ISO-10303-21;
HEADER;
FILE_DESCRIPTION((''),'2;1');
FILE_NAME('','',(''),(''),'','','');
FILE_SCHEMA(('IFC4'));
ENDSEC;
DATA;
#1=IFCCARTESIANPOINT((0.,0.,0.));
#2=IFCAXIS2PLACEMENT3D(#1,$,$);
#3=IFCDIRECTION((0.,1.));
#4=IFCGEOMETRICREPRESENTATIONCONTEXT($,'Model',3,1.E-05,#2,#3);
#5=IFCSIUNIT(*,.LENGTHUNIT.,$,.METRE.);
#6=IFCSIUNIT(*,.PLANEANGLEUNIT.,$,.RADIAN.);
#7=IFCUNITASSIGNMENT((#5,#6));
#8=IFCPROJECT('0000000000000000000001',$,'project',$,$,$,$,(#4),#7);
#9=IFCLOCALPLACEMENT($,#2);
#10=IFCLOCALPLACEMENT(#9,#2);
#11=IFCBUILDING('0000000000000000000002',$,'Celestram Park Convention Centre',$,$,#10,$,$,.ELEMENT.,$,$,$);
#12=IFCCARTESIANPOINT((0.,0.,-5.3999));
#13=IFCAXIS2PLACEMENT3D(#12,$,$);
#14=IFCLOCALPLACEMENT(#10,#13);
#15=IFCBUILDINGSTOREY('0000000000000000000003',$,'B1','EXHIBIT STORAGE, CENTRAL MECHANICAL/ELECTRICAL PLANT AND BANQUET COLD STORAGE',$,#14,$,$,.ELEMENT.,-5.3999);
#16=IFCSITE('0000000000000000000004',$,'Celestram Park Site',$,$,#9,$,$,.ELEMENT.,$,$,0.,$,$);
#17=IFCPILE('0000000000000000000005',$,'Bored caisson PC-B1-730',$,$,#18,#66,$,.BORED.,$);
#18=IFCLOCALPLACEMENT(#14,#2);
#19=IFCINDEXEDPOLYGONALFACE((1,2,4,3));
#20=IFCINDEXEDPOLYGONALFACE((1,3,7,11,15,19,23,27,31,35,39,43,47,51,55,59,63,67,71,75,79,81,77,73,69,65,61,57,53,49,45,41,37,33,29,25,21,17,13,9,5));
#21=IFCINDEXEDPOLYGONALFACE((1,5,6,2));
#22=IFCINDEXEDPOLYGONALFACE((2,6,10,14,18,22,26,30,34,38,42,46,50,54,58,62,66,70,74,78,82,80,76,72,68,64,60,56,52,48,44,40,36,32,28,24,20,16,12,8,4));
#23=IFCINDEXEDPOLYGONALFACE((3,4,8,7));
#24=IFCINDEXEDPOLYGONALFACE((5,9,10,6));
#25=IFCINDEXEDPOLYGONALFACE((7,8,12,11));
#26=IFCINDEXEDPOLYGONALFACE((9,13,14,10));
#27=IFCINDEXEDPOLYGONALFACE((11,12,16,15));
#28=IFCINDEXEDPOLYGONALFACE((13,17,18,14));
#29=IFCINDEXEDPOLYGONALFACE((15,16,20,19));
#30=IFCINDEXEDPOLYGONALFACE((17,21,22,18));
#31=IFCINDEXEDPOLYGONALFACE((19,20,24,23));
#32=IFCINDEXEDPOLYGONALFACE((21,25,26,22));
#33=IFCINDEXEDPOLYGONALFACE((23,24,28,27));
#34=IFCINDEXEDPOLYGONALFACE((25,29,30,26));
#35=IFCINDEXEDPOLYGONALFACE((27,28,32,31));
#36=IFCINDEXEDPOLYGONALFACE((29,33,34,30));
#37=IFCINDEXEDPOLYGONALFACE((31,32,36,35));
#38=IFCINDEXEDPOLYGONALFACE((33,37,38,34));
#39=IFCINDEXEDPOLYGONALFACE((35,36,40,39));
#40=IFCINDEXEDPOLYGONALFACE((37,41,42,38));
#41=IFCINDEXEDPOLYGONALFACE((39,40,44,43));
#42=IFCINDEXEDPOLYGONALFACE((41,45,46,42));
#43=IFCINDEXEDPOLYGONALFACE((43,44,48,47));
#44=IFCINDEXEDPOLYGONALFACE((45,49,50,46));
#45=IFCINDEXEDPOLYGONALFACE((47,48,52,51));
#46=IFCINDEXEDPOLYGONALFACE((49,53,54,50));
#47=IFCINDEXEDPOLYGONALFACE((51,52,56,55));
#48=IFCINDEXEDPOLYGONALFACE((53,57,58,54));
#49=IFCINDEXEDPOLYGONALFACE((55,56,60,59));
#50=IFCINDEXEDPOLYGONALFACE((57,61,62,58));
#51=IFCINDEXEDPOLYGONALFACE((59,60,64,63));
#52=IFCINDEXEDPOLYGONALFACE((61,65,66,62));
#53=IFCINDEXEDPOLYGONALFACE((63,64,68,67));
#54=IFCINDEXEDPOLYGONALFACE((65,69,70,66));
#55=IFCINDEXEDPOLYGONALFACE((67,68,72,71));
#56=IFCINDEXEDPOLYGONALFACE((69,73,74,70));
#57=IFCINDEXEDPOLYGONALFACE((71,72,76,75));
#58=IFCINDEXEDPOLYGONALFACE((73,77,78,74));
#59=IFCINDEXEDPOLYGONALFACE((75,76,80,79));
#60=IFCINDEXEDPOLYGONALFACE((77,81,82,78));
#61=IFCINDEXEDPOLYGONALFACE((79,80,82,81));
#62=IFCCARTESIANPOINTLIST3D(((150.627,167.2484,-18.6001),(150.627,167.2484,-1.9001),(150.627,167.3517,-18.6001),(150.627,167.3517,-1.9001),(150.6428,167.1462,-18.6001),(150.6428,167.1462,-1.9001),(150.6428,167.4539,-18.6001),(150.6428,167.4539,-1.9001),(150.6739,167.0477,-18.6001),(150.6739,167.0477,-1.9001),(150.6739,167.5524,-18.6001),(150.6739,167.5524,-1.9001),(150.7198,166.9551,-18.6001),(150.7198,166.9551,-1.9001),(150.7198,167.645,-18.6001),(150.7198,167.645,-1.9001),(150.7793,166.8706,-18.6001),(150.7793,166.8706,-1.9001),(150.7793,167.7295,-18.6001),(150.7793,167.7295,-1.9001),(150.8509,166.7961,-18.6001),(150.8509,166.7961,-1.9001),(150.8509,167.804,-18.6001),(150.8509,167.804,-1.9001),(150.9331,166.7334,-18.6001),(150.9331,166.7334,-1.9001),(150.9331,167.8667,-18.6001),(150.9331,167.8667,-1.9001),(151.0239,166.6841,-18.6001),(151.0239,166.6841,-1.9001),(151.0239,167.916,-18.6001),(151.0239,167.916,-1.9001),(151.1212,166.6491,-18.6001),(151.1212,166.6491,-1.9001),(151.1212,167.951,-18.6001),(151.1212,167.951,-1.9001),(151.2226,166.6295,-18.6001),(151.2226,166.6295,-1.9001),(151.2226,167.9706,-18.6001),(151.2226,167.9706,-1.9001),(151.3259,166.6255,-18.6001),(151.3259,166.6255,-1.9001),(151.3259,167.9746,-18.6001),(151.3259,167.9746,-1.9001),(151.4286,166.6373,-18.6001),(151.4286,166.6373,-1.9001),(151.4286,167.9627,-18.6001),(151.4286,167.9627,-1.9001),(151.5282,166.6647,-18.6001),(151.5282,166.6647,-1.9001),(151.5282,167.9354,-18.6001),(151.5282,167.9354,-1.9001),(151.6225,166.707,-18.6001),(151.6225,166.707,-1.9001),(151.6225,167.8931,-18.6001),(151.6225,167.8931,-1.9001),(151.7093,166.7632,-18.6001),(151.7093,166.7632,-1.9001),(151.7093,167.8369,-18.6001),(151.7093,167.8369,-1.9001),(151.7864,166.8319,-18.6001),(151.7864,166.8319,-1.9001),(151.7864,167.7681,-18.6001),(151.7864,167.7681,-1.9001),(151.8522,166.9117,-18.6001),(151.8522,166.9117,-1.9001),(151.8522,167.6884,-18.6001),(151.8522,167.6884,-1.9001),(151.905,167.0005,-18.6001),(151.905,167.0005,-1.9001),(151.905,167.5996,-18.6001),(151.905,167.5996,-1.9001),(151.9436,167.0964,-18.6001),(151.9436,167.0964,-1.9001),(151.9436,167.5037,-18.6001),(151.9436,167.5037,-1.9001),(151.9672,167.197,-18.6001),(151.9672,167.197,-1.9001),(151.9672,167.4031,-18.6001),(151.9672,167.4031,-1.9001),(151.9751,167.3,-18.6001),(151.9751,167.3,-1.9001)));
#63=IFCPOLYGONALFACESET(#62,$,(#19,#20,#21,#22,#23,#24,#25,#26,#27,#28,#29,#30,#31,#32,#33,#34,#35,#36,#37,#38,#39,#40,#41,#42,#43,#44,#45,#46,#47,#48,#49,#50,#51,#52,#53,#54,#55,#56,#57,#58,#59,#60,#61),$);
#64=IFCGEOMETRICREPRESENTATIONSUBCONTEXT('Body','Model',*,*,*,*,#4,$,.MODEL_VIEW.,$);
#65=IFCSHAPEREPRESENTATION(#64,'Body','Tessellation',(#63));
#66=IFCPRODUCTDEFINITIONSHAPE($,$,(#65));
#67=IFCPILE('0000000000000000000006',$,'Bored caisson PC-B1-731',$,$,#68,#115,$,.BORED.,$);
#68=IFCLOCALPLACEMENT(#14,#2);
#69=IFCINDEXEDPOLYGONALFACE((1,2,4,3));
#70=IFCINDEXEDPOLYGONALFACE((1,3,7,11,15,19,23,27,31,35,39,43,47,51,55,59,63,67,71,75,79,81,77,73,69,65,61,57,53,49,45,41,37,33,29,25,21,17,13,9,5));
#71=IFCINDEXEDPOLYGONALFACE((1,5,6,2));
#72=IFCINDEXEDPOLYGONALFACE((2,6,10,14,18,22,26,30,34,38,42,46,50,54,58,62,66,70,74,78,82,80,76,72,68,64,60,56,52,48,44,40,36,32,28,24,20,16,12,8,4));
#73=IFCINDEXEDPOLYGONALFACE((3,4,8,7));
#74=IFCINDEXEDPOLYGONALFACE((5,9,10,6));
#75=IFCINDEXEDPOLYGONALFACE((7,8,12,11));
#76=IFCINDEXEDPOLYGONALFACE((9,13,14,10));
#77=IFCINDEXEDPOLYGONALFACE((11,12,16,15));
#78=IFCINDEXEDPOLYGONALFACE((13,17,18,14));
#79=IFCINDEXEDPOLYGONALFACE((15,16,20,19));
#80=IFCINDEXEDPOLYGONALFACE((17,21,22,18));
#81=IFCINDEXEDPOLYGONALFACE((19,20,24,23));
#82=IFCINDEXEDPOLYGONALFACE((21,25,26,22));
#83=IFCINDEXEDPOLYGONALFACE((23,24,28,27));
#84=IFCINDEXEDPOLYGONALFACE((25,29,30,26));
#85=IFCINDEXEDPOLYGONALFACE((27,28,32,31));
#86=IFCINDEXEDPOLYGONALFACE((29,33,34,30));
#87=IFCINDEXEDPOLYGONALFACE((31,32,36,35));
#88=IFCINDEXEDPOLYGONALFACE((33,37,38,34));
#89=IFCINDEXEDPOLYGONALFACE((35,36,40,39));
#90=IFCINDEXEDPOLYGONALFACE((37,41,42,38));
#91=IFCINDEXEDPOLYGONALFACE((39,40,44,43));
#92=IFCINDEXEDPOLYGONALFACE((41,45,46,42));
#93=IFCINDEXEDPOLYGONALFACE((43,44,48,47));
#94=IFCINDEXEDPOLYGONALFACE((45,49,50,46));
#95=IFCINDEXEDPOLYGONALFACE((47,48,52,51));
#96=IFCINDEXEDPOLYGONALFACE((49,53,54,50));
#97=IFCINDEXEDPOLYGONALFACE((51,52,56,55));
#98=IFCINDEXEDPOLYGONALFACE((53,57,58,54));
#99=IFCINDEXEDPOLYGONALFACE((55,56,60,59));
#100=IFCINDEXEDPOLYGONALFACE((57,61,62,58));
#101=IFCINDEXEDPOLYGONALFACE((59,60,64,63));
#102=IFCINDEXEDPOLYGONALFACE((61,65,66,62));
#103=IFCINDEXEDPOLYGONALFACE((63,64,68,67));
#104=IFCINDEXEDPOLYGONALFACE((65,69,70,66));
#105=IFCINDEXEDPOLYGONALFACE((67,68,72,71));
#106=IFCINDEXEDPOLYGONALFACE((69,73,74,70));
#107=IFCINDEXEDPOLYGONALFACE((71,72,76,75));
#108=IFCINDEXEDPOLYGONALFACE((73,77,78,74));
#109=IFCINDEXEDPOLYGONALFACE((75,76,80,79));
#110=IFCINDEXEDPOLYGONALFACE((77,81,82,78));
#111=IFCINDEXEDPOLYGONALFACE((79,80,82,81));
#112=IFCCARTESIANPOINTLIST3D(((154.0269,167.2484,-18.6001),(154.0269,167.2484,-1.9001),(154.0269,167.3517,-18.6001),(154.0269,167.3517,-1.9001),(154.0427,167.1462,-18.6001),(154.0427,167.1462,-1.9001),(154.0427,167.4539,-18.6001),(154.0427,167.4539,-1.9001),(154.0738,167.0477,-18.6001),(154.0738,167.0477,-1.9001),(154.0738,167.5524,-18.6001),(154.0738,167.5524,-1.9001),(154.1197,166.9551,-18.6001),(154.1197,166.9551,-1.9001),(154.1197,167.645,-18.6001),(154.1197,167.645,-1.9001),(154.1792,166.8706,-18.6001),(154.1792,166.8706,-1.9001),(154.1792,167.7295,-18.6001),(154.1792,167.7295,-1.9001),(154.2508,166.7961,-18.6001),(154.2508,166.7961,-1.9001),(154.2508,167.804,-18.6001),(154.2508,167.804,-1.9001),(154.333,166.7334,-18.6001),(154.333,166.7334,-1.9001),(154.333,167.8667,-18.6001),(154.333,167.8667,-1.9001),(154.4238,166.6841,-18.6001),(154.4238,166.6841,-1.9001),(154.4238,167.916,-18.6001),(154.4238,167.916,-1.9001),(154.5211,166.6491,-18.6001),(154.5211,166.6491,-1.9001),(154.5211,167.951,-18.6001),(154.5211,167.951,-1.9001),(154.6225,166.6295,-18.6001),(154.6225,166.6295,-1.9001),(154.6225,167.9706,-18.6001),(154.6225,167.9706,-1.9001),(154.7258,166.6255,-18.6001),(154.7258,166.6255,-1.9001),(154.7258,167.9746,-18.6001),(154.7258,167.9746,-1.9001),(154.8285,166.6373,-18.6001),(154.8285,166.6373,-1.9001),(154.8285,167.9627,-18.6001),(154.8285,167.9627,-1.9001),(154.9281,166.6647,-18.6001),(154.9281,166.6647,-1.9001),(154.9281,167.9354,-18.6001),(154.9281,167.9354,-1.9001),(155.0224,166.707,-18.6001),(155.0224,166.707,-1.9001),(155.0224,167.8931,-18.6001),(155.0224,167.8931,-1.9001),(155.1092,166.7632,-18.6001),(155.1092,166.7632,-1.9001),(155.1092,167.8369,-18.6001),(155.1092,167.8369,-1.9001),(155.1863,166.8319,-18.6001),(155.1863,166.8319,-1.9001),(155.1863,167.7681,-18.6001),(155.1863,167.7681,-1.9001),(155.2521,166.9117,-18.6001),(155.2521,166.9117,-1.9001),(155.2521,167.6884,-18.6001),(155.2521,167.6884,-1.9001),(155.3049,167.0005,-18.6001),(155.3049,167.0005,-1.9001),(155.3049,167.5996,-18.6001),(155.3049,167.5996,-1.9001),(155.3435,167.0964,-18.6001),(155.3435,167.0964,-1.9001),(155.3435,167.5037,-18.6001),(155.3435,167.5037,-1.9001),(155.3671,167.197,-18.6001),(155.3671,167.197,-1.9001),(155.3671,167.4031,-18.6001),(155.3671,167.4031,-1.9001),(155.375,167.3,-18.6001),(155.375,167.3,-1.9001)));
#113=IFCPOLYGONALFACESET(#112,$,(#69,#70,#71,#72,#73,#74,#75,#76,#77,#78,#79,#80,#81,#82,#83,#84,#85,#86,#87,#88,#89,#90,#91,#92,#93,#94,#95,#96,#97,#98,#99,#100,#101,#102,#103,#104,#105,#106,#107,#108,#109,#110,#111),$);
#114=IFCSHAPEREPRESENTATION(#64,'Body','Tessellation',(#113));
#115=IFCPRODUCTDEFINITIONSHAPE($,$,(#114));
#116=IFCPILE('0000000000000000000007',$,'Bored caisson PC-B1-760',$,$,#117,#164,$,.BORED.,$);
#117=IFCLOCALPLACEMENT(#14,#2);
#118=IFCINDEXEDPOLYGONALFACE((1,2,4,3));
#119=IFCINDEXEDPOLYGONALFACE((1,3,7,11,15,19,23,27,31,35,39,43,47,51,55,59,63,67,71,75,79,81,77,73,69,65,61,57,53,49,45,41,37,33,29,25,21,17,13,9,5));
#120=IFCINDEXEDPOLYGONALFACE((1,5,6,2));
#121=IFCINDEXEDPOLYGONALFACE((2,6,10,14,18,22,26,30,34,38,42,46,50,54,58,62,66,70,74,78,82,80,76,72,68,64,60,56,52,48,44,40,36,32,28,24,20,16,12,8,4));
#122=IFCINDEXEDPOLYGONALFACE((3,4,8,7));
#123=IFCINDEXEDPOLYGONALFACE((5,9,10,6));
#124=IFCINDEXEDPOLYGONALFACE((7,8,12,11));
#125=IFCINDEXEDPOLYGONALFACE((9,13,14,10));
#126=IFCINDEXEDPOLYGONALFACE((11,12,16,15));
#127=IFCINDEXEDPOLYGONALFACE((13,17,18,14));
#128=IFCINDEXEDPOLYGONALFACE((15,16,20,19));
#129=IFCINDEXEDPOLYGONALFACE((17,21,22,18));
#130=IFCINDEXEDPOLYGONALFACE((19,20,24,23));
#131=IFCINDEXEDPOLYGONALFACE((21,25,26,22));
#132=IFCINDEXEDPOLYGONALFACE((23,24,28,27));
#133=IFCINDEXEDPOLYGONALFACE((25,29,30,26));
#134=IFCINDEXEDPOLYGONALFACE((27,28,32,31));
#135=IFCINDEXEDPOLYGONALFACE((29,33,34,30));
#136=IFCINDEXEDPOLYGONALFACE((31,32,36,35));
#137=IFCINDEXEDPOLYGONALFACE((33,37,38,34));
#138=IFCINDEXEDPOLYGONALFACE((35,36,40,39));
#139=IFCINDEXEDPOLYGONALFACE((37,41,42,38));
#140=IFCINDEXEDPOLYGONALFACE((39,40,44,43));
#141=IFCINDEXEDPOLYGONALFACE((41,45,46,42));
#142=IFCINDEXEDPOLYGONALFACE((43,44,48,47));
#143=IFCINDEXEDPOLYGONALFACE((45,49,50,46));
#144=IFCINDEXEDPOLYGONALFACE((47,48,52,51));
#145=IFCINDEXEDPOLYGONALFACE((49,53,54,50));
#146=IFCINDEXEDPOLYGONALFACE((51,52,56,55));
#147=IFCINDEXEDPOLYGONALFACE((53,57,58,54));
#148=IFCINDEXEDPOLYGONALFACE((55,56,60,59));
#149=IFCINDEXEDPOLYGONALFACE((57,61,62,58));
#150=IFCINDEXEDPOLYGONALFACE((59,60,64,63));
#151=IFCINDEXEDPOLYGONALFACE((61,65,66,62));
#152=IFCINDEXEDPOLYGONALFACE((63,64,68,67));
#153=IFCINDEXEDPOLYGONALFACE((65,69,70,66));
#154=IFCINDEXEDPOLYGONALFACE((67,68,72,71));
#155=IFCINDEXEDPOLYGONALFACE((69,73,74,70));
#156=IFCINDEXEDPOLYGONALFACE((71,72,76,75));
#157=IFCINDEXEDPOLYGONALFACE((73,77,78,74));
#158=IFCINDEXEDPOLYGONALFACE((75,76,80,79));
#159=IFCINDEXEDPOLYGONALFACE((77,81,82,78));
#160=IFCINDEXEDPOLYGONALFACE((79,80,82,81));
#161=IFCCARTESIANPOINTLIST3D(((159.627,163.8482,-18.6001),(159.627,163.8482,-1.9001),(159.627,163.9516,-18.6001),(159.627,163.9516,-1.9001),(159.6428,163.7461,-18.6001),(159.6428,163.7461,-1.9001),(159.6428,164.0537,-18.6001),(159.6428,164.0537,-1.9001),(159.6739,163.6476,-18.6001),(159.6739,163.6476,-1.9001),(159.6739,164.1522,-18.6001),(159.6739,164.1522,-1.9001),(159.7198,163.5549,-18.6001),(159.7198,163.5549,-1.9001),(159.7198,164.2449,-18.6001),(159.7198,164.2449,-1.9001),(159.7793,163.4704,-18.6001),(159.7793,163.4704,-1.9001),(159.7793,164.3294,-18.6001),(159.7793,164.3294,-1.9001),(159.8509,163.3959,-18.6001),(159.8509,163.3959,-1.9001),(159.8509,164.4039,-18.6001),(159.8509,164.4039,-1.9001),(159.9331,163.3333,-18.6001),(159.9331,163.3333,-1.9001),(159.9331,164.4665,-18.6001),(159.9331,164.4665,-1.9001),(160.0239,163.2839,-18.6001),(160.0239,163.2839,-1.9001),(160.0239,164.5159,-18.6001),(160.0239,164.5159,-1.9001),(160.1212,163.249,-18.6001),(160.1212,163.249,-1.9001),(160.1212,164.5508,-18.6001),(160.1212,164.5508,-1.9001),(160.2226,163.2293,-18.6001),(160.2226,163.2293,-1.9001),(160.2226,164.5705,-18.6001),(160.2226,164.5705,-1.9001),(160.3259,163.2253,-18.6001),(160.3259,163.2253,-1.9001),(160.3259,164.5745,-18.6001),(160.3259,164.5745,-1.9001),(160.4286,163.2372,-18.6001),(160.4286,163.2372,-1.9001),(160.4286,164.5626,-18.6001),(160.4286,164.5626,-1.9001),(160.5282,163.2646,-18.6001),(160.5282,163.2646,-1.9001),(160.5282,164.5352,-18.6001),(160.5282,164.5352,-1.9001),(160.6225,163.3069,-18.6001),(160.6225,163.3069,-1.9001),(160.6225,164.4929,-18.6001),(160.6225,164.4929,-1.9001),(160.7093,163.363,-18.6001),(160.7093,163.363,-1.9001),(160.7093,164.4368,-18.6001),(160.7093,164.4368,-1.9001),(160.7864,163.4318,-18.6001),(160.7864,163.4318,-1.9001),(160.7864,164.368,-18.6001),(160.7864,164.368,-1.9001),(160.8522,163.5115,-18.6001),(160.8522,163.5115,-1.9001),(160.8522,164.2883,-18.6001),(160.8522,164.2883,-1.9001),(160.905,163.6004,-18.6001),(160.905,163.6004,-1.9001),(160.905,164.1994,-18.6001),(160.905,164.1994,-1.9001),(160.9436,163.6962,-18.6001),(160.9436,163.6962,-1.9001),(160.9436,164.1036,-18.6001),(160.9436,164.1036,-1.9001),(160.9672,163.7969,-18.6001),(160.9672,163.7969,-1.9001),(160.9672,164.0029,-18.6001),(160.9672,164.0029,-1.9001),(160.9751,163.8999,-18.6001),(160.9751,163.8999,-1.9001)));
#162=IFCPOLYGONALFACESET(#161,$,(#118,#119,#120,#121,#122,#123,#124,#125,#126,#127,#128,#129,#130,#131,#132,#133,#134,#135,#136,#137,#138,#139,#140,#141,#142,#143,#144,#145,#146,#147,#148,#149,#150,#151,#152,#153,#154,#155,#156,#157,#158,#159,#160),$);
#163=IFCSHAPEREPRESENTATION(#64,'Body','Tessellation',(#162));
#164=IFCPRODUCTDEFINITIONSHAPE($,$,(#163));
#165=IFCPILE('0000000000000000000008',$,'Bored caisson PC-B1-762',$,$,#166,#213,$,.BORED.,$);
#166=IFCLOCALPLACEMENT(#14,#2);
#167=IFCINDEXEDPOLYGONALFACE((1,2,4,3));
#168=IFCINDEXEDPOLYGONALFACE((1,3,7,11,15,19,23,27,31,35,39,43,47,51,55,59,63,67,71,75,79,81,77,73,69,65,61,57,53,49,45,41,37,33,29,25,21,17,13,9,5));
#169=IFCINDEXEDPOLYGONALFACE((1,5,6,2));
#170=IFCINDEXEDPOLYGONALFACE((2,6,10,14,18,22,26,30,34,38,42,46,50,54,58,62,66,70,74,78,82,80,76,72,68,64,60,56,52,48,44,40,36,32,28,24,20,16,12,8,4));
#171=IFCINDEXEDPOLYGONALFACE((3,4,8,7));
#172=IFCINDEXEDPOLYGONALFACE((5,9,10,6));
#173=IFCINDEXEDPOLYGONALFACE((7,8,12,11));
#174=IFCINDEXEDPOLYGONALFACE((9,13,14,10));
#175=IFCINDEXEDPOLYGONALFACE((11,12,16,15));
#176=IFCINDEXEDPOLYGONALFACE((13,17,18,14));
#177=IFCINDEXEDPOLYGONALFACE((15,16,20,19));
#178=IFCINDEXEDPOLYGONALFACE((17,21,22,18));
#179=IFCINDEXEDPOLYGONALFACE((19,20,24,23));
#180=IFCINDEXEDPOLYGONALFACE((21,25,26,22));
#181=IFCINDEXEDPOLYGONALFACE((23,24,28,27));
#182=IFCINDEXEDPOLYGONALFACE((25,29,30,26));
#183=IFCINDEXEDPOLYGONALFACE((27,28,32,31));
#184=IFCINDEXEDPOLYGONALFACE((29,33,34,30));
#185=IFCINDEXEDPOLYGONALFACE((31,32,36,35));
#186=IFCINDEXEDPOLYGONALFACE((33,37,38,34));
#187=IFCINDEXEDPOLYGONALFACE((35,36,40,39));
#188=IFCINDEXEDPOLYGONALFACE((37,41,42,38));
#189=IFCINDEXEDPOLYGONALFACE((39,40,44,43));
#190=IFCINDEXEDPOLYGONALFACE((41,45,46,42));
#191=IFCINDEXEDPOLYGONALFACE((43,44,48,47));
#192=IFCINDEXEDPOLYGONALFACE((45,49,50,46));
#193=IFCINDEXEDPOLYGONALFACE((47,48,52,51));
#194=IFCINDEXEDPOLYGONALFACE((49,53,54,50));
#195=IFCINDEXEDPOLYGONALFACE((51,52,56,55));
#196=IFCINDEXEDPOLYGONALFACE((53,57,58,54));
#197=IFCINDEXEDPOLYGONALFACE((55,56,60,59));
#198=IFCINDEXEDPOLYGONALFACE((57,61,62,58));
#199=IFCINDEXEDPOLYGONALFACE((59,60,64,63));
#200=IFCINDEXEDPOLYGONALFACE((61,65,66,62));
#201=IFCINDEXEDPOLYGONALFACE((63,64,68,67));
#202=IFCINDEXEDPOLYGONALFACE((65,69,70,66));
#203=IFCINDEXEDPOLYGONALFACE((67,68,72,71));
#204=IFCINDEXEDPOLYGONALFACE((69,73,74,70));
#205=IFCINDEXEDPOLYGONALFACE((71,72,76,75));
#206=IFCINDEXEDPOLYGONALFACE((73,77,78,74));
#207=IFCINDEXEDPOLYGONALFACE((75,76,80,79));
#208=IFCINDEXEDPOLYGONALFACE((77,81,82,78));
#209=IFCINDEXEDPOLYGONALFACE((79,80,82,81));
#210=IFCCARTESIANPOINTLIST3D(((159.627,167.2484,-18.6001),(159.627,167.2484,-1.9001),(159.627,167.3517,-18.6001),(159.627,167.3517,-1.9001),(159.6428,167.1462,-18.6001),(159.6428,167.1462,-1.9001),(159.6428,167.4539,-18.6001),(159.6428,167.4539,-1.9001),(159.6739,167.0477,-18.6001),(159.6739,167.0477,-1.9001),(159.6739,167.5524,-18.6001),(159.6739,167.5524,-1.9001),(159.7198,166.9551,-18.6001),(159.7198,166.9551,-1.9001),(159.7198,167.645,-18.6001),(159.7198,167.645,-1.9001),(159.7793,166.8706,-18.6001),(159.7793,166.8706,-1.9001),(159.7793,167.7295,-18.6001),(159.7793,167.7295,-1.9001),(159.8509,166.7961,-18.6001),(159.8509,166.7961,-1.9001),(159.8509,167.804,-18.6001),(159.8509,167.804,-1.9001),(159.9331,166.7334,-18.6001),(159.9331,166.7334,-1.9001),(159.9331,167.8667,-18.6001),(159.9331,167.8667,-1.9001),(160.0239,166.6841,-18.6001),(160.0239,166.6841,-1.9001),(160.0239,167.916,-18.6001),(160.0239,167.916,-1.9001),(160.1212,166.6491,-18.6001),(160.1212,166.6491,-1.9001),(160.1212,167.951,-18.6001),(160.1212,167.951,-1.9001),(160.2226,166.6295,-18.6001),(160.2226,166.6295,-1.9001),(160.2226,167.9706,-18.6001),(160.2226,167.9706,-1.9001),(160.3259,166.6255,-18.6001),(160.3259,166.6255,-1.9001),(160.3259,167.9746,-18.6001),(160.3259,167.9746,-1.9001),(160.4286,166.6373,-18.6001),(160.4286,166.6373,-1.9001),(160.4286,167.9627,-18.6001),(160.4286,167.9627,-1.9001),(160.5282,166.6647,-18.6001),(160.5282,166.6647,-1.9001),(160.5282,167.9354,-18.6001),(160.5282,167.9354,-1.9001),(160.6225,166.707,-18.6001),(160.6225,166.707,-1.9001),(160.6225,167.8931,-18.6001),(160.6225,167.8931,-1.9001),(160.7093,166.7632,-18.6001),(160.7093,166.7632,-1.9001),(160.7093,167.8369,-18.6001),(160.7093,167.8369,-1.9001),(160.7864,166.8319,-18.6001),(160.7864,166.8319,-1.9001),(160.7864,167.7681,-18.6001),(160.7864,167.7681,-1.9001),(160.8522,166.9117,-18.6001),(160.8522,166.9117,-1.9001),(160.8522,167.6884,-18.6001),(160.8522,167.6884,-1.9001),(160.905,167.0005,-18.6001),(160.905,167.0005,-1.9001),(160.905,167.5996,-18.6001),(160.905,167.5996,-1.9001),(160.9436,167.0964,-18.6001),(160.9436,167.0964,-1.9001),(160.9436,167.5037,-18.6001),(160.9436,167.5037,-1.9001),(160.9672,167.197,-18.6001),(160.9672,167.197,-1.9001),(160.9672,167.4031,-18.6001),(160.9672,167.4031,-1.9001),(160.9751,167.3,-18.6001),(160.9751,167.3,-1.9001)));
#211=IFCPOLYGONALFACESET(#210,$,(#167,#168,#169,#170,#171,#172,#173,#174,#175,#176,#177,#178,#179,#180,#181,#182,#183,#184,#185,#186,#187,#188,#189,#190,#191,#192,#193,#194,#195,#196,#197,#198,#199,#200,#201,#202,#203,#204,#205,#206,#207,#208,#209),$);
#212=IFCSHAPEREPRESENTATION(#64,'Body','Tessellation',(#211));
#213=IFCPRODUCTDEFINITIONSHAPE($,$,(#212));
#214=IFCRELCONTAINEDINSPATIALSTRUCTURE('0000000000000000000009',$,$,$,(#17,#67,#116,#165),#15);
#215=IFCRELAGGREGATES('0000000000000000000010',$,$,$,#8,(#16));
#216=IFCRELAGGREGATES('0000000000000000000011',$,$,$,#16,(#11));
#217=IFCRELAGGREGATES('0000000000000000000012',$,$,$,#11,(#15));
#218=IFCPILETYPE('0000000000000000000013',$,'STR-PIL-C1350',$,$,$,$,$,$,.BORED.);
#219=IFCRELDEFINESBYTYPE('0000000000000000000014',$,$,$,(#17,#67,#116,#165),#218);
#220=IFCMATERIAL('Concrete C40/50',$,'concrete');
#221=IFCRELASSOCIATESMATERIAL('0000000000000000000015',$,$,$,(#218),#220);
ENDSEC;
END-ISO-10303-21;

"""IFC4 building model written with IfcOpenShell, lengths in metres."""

from ifc_helpers import new_model, si_unit, direction, frame, origin, origin_2d, place, context, subcontext, project, spatial, circle, extrude, material, material_profile, profile_set, type_object, element, save


model = new_model("IFC4")

# Units and contexts
model_context = context("Model", 3, precision=1e-05, world=origin(), true_north=direction((0.0, 1.0)))
body_context = subcontext(model_context, "Body", "Model", "MODEL_VIEW")
ifc_project = project(units=[si_unit("LENGTHUNIT", "METRE"), si_unit("PLANEANGLEUNIT", "RADIAN")], contexts=[model_context])

# Site, building, storey
site_placement = place(None, origin())
site = spatial("IfcSite", under=ifc_project, at=site_placement, Name="Celestram Park Site", CompositionType="ELEMENT", RefElevation=0.0)
building_placement = place(site_placement, origin())
building = spatial("IfcBuilding", under=site, at=building_placement, Name="Celestram Park Convention Centre", CompositionType="ELEMENT")
storey_placement = place(building_placement, frame((0.0, 0.0, -5.3999)))
storey = spatial("IfcBuildingStorey", under=building, at=storey_placement, Name="B1", Description="EXHIBIT STORAGE, CENTRAL MECHANICAL/ELECTRICAL PLANT AND BANQUET COLD STORAGE", CompositionType="ELEMENT", Elevation=-5.3999)

# Shared definitions
ifc_material_1 = material(Name="Concrete C40/50", Category="concrete")

# Piles
ifc_material_profile_1 = material_profile(ifc_material_1, circle(Radius=0.675, at=origin_2d()), Name="CAISSON1350")
ifc_profile_set_1 = profile_set([ifc_material_profile_1], Name="Concrete C40/50")
pile_type_1 = type_object("IfcPileType", Name="STR-PIL-C1350", PredefinedType="BORED", material=ifc_profile_set_1)
for number, where, z_axis, x_axis, name in (
    (1, (151.3, 167.3, -1.9001), (0.0, 0.0, -1.0), (1.0, 0.0, 0.0), "Bored caisson PC-B1-730"),
    (2, (154.7, 167.3, -1.9001), (0.0, 0.0, -1.0), (1.0, 0.0, 0.0), "Bored caisson PC-B1-731"),
    (3, (160.3, 163.8999, -1.9001), (0.0, 0.0, -1.0), (1.0, 0.0, 0.0), "Bored caisson PC-B1-760"),
    (4, (160.3, 167.3, -1.9001), (0.0, 0.0, -1.0), (1.0, 0.0, 0.0), "Bored caisson PC-B1-762"),
):
    element("IfcPile", number, at=place(storey_placement, frame(where, z_axis=z_axis, x_axis=x_axis)), inside=storey, type_object=pile_type_1, Name=name, PredefinedType="BORED", context=body_context, shape_type="SweptSolid", body=[
        extrude(circle(Radius=0.675, at=origin_2d()), origin(), (0.0, 0.0, 1.0), 16.7),
    ])

save(model, "model.ifc")
